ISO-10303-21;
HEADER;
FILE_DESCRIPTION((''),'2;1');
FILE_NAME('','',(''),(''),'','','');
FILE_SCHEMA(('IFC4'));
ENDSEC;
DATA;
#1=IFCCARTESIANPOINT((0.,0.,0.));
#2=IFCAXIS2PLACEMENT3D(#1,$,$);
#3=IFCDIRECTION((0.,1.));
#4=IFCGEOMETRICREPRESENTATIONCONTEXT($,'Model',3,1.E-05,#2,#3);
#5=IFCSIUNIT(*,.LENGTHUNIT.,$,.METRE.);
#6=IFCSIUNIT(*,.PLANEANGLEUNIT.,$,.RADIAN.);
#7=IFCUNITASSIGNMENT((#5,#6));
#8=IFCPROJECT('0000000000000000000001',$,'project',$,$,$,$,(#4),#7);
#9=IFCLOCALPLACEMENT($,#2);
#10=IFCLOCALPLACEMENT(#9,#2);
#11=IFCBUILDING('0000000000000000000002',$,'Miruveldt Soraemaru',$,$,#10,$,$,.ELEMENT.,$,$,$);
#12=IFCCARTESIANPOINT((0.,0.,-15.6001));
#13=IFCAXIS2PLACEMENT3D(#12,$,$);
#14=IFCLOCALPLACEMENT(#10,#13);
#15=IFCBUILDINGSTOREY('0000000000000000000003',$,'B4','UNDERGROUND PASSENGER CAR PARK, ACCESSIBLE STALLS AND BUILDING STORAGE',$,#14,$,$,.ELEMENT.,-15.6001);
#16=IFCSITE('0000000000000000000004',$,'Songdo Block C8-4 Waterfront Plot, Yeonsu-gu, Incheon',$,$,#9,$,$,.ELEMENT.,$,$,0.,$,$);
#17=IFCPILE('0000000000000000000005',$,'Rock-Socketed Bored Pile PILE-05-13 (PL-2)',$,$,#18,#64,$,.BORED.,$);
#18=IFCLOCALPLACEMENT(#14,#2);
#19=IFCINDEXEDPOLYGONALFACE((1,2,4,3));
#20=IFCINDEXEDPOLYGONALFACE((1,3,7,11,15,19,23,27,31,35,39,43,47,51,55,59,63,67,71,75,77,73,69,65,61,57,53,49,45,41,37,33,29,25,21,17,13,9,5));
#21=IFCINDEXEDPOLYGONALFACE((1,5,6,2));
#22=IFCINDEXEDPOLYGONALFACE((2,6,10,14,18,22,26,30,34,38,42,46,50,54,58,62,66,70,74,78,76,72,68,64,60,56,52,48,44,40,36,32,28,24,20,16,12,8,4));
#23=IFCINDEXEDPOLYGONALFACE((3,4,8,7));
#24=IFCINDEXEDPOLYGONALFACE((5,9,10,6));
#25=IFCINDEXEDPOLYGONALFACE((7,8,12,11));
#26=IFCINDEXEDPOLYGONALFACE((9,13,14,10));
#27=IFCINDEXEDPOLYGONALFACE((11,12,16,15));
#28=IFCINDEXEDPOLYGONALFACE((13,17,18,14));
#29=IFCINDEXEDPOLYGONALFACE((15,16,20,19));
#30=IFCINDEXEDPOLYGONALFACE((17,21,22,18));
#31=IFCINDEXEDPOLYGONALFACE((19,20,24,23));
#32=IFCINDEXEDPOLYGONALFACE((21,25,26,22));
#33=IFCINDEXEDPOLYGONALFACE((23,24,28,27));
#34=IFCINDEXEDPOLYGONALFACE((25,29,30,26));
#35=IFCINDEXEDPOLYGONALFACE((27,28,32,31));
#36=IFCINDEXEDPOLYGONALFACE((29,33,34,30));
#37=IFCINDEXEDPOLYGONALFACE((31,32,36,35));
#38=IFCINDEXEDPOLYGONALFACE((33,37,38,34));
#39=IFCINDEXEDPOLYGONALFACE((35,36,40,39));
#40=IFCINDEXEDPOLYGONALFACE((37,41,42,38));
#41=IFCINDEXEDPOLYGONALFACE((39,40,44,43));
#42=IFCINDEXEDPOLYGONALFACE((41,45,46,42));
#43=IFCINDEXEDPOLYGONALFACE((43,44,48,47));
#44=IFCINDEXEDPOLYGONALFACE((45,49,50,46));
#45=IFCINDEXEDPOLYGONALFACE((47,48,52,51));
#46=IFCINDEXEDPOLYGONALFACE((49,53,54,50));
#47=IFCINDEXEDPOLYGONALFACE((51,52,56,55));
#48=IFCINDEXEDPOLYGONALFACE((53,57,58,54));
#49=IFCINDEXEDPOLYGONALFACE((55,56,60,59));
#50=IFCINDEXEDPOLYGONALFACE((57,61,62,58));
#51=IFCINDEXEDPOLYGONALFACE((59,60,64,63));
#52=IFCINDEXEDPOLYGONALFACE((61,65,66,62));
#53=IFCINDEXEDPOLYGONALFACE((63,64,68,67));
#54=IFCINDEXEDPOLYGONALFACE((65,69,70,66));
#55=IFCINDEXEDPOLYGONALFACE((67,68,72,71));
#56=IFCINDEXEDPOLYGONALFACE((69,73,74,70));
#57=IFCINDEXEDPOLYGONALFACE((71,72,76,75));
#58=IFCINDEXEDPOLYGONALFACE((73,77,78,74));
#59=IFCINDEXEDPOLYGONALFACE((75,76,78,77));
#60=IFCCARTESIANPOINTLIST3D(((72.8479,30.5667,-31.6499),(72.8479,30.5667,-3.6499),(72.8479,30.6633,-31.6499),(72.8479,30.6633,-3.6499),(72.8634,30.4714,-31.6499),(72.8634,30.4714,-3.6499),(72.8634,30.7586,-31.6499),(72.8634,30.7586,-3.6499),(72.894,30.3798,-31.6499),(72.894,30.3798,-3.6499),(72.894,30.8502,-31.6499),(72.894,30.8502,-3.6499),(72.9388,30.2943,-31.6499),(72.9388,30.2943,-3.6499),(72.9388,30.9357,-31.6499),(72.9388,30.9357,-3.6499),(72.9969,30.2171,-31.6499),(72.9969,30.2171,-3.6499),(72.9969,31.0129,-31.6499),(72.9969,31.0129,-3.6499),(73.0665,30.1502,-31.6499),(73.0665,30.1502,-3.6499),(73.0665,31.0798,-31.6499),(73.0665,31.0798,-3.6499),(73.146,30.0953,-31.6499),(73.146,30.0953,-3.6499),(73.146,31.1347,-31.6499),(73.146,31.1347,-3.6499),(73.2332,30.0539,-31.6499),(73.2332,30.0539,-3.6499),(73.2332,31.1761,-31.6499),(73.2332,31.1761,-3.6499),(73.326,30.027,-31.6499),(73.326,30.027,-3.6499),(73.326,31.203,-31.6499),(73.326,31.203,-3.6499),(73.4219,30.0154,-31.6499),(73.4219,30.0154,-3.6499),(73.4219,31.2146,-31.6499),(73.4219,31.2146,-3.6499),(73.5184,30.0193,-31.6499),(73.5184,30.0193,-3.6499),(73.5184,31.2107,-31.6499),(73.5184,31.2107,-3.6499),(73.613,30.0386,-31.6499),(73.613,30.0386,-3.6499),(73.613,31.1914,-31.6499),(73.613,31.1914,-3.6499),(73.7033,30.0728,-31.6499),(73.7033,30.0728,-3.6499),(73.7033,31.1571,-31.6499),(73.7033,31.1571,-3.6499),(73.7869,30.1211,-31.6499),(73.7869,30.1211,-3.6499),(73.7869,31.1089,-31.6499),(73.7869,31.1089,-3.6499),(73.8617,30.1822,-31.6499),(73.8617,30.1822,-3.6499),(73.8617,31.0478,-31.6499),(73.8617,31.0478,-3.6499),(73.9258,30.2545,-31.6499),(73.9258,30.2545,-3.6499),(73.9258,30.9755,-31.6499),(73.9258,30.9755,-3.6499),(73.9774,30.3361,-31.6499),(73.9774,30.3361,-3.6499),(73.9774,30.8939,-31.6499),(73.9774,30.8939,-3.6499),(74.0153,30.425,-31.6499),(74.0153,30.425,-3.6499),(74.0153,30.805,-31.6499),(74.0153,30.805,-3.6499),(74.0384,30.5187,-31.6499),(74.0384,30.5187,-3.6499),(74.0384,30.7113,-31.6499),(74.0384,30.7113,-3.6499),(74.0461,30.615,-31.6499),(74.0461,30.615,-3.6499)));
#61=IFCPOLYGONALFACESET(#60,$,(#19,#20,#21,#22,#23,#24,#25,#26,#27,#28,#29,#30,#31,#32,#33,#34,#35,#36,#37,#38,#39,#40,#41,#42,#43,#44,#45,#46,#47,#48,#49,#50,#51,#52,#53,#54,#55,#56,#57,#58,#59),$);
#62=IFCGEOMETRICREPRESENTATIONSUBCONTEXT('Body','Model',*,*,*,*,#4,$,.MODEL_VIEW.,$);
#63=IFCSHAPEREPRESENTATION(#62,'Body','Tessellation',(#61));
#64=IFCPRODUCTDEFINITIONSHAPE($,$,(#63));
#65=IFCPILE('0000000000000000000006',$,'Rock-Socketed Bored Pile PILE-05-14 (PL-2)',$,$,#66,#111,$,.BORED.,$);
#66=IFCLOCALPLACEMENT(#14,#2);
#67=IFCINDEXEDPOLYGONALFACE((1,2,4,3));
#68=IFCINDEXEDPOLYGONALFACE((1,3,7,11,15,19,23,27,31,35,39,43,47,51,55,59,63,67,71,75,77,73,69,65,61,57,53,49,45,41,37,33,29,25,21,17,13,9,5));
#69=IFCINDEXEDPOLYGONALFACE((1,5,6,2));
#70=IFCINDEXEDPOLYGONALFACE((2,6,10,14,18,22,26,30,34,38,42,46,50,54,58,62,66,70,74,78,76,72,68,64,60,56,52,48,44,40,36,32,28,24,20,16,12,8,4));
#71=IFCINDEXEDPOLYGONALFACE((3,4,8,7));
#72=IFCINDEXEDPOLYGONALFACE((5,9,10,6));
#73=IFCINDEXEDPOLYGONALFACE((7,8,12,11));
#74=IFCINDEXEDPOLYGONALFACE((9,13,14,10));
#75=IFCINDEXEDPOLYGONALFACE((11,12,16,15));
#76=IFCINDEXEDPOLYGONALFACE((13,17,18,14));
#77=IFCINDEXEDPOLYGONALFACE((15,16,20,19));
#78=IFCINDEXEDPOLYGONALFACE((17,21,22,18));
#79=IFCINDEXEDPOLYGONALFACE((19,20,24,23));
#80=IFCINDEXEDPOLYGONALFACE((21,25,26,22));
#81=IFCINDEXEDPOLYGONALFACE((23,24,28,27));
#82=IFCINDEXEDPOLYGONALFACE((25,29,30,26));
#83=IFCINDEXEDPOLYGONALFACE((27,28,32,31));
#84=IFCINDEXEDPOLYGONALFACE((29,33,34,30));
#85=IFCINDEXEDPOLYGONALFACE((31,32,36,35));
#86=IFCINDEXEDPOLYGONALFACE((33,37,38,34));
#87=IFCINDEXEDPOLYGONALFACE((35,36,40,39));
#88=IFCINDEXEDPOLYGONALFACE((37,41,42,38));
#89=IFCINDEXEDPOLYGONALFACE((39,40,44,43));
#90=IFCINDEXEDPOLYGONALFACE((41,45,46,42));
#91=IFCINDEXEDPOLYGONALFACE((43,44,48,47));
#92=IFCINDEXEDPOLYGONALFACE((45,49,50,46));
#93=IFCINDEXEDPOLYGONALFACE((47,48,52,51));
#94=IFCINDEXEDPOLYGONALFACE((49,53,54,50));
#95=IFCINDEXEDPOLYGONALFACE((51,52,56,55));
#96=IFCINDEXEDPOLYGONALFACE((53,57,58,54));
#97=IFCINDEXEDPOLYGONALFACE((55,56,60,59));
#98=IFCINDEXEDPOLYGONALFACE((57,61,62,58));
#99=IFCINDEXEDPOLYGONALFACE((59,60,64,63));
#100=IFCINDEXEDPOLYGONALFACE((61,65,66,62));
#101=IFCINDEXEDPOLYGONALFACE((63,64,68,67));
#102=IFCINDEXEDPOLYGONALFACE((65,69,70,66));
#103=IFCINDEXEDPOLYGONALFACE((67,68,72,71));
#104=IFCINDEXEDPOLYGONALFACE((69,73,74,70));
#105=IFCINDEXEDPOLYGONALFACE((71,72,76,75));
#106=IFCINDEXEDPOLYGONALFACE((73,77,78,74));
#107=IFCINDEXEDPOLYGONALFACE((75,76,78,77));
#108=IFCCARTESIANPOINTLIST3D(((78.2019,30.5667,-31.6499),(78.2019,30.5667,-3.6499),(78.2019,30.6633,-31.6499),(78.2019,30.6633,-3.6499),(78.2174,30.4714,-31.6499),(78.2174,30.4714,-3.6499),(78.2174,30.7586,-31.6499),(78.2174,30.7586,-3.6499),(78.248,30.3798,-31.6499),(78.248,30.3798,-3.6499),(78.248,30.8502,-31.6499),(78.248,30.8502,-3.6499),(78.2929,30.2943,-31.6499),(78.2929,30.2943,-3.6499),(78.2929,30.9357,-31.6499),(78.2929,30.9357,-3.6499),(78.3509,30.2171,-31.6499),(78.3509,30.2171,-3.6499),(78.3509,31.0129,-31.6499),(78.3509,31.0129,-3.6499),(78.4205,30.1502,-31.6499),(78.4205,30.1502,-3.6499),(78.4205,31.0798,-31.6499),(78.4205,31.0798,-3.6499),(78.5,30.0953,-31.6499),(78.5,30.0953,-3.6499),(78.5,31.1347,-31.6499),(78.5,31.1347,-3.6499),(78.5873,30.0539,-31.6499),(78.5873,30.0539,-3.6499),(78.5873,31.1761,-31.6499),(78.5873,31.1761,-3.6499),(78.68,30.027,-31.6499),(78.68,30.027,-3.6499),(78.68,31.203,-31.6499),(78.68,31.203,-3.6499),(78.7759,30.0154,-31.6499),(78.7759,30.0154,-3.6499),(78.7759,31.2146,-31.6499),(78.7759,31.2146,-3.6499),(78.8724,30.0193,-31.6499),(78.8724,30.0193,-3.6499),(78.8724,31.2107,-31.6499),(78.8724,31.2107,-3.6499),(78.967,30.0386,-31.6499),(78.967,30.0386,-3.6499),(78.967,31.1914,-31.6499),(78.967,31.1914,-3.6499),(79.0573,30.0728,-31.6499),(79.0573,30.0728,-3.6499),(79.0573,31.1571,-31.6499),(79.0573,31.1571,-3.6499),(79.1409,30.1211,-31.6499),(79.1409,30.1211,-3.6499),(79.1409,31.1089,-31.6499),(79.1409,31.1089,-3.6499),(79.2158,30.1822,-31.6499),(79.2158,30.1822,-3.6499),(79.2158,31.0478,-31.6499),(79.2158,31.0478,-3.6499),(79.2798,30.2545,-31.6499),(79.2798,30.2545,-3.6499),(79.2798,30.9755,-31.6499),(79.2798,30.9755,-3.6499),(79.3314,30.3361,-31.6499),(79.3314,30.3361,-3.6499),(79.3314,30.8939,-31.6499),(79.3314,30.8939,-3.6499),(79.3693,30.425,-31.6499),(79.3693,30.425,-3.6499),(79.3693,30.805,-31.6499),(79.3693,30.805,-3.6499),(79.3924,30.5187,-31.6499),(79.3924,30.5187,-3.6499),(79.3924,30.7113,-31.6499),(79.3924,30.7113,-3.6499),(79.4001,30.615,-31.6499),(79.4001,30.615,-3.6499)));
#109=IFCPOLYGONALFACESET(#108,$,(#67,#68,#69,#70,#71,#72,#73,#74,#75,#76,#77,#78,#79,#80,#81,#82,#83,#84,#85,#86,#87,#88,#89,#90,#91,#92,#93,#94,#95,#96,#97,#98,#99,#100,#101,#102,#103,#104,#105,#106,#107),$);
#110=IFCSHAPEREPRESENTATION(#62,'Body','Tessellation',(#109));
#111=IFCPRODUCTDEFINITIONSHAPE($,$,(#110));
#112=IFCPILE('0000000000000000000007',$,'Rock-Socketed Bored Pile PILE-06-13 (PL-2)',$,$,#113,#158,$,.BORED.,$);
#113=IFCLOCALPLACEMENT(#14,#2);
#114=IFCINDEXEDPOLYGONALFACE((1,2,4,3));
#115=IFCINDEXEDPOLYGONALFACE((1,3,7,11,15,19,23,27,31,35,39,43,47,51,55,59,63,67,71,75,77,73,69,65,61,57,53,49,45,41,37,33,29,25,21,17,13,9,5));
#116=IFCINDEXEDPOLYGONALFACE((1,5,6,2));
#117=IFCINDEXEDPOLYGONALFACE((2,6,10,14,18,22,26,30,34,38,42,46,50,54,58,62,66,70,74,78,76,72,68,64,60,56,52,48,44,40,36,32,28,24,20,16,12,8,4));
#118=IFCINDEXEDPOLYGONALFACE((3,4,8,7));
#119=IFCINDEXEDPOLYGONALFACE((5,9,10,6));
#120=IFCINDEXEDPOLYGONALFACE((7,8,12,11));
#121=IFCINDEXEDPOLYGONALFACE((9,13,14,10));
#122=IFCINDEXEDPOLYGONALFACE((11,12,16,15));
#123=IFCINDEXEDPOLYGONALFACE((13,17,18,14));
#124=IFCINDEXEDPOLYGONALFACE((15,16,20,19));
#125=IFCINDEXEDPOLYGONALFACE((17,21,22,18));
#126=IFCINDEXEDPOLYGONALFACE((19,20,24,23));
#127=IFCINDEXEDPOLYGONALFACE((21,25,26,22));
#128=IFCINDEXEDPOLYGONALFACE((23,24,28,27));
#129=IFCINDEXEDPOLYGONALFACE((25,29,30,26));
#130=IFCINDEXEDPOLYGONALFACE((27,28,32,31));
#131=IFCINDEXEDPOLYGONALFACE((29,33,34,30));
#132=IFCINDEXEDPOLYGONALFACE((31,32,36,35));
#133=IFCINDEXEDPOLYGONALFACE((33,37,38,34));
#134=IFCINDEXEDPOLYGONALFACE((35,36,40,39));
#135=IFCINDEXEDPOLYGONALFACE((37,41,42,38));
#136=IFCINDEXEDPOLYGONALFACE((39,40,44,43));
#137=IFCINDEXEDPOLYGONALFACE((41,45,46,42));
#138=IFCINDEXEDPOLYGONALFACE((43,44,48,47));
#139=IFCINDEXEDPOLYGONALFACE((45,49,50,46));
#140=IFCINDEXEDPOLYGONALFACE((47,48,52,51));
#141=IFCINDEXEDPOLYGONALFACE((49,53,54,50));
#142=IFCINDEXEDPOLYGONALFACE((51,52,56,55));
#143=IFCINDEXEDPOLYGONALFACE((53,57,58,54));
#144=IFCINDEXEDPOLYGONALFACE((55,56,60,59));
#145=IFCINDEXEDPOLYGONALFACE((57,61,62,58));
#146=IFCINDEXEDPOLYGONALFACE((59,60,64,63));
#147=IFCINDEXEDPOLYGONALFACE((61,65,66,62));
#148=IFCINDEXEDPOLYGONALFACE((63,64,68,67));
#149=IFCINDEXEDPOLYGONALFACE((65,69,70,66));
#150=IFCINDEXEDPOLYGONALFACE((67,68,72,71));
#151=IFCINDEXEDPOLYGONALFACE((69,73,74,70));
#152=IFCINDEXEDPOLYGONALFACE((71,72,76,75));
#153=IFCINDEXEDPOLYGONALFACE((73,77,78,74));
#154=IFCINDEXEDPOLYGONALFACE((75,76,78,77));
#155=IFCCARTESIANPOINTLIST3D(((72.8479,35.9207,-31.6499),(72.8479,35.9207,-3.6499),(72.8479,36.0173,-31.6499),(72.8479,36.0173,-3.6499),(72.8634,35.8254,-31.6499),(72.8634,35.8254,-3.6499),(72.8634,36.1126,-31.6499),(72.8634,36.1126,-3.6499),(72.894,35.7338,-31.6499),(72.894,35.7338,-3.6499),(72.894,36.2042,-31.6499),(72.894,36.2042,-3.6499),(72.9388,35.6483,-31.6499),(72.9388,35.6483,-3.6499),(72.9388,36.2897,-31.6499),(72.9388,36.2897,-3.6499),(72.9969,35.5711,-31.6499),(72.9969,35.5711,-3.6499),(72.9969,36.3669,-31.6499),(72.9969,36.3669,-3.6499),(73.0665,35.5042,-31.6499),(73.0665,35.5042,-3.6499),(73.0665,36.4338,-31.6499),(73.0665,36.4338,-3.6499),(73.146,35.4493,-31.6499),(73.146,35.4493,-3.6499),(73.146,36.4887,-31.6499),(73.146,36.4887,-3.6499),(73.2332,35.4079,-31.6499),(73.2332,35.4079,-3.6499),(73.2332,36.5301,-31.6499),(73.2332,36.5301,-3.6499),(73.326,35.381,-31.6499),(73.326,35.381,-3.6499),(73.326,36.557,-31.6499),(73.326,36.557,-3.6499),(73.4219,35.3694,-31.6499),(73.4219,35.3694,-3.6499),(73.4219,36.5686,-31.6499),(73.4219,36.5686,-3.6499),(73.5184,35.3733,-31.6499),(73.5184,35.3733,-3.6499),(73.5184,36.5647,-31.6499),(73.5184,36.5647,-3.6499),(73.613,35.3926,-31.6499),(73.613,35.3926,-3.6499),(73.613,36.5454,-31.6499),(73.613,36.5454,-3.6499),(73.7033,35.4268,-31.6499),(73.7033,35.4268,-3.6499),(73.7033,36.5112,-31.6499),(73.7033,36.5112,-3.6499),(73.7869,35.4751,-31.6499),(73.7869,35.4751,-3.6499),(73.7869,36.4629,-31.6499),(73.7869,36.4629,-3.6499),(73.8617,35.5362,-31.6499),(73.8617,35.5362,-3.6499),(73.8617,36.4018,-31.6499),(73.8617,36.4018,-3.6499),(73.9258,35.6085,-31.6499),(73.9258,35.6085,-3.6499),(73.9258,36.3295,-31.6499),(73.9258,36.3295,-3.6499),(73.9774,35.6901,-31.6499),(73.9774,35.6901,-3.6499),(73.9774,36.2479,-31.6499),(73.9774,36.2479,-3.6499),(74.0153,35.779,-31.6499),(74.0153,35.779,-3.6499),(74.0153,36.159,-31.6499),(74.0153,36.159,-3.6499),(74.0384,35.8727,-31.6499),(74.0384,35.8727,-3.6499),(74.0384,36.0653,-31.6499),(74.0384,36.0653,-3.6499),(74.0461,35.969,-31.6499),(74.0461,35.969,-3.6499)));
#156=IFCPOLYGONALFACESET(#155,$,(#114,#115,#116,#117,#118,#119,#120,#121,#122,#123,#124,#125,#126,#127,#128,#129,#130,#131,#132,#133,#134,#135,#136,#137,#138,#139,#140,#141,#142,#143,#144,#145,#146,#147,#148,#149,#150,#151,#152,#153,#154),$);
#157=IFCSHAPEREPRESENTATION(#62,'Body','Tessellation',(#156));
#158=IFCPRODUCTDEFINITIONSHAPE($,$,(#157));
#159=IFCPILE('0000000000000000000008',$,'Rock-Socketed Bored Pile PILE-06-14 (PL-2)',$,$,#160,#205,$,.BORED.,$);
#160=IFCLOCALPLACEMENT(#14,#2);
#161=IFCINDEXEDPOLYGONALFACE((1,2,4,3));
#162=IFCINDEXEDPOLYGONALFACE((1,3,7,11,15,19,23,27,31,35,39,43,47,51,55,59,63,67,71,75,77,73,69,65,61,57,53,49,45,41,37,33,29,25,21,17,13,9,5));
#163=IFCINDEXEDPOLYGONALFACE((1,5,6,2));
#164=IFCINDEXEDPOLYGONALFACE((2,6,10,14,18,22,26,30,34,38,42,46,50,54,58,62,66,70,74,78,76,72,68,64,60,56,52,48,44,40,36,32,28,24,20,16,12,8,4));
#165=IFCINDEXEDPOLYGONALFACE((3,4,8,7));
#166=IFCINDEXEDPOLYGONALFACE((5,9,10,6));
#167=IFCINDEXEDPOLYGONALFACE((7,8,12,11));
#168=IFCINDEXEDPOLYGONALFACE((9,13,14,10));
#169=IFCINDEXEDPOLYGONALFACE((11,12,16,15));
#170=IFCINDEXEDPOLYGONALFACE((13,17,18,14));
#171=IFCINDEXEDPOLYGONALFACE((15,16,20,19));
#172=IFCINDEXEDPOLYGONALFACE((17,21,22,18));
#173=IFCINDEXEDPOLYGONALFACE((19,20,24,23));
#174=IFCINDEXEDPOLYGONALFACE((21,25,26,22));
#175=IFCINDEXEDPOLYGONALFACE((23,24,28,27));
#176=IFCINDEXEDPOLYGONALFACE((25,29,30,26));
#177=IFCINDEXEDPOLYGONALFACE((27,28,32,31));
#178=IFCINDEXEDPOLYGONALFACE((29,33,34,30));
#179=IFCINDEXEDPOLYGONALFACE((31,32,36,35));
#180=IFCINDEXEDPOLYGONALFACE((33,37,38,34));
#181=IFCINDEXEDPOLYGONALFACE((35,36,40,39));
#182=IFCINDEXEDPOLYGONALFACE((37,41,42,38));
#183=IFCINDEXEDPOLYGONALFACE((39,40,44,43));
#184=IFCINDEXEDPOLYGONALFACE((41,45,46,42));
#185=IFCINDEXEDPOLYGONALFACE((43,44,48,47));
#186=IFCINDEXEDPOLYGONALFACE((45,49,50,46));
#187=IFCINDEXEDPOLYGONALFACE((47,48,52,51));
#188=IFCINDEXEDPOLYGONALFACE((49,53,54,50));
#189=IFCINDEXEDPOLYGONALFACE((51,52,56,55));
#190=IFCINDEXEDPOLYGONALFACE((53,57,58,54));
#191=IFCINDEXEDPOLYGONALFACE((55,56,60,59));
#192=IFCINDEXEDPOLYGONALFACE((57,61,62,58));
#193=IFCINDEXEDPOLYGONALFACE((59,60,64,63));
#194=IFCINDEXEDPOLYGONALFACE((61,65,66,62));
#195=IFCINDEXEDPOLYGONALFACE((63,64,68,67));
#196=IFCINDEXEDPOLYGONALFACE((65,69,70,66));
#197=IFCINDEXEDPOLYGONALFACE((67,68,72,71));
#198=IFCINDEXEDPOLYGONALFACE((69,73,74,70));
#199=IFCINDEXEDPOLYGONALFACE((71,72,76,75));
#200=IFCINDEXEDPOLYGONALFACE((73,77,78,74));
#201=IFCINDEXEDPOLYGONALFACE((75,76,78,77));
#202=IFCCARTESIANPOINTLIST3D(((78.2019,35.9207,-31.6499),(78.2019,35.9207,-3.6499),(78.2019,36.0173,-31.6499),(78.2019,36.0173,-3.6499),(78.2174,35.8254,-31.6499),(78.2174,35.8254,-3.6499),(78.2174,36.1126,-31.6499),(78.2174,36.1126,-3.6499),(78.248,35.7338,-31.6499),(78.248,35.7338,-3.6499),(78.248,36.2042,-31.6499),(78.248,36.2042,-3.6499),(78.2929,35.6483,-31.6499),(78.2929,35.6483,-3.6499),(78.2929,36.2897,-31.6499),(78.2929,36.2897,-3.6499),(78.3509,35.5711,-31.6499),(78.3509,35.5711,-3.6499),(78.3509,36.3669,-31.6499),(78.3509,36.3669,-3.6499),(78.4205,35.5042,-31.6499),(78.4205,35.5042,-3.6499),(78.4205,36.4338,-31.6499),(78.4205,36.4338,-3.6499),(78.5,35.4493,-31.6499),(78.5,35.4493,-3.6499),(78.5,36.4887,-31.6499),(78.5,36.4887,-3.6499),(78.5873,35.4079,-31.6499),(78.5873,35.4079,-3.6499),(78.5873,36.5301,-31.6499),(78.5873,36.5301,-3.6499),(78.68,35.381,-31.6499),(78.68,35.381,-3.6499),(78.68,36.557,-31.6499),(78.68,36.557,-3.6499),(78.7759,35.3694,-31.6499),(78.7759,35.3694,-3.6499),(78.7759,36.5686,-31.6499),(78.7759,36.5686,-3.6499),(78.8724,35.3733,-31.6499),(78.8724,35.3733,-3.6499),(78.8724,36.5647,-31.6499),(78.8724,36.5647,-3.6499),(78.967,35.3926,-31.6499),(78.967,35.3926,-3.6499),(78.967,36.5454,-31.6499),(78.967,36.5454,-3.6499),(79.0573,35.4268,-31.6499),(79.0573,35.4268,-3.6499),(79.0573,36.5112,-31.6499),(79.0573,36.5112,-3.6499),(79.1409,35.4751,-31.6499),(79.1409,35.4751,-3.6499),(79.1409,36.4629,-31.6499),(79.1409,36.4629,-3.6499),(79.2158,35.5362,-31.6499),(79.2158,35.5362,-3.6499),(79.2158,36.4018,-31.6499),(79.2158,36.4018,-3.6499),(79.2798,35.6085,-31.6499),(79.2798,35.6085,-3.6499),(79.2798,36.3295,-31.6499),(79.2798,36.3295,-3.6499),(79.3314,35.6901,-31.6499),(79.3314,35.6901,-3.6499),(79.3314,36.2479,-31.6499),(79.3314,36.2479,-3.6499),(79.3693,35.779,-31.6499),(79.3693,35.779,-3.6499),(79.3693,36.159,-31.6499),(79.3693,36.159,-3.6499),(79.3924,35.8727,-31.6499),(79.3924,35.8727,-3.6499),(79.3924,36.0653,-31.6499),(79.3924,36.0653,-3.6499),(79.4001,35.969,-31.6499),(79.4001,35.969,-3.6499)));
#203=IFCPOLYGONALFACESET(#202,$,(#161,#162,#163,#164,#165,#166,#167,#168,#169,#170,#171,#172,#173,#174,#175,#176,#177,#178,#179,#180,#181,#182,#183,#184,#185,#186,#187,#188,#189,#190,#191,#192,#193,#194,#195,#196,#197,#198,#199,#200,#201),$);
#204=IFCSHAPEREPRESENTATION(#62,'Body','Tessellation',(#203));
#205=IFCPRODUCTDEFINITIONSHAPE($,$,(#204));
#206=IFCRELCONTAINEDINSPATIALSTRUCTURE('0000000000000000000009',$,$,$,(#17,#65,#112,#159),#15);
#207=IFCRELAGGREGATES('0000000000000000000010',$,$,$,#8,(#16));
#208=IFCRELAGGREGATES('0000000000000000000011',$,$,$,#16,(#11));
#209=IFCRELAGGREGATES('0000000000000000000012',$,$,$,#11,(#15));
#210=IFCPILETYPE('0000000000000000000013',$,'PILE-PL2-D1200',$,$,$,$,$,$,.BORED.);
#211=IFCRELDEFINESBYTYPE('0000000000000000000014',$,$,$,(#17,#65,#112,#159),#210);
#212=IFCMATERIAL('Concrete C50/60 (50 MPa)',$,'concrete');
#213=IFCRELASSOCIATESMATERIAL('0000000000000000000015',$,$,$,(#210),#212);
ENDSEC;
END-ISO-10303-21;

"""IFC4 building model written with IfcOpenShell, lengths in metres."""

from ifc_helpers import new_model, si_unit, direction, frame, origin, origin_2d, place, context, subcontext, project, spatial, circle, extrude, material, material_profile, profile_set, type_object, element, save


model = new_model("IFC4")

# Units and contexts
model_context = context("Model", 3, precision=1e-05, world=origin(), true_north=direction((0.0, 1.0)))
body_context = subcontext(model_context, "Body", "Model", "MODEL_VIEW")
ifc_project = project(units=[si_unit("LENGTHUNIT", "METRE"), si_unit("PLANEANGLEUNIT", "RADIAN")], contexts=[model_context])

# Site, building, storey
site_placement = place(None, origin())
site = spatial("IfcSite", under=ifc_project, at=site_placement, Name="Songdo Block C8-4 Waterfront Plot, Yeonsu-gu, Incheon", CompositionType="ELEMENT", RefElevation=0.0)
building_placement = place(site_placement, origin())
building = spatial("IfcBuilding", under=site, at=building_placement, Name="Miruveldt Soraemaru", CompositionType="ELEMENT")
storey_placement = place(building_placement, frame((0.0, 0.0, -15.6001)))
storey = spatial("IfcBuildingStorey", under=building, at=storey_placement, Name="B4", Description="UNDERGROUND PASSENGER CAR PARK, ACCESSIBLE STALLS AND BUILDING STORAGE", CompositionType="ELEMENT", Elevation=-15.6001)

# Piles
ifc_material_1 = material(Name="Concrete C50/60 (50 MPa)", Category="concrete")
ifc_material_profile_1 = material_profile(ifc_material_1, circle(Radius=0.6001, at=origin_2d()), Name="Concrete C50/60 (50 MPa)", Category="concrete")
ifc_profile_set_1 = profile_set([ifc_material_profile_1], Name="Concrete C50/60 (50 MPa)")
pile_type_1 = type_object("IfcPileType", Name="PILE-PL2-D1200", PredefinedType="BORED", material=ifc_profile_set_1)
for number, where, z_axis, x_axis, name in (
    (1, (73.446, 30.615, -3.6499), (0.0, 0.0, -1.0), (1.0, 0.0, 0.0), "Rock-Socketed Bored Pile PILE-05-13 (PL-2)"),
    (2, (78.8, 30.615, -3.6499), (0.0, 0.0, -1.0), (1.0, 0.0, 0.0), "Rock-Socketed Bored Pile PILE-05-14 (PL-2)"),
    (3, (73.446, 35.969, -3.6499), (0.0, 0.0, -1.0), (1.0, 0.0, 0.0), "Rock-Socketed Bored Pile PILE-06-13 (PL-2)"),
    (4, (78.8, 35.969, -3.6499), (0.0, 0.0, -1.0), (1.0, 0.0, 0.0), "Rock-Socketed Bored Pile PILE-06-14 (PL-2)"),
):
    element("IfcPile", number, at=place(storey_placement, frame(where, z_axis=z_axis, x_axis=x_axis)), inside=storey, type_object=pile_type_1, Name=name, PredefinedType="BORED", context=body_context, shape_type="SweptSolid", body=[
        extrude(circle(Radius=0.6001, at=origin_2d()), origin(), (0.0, 0.0, 1.0), 28.0),
    ])

save(model, "model.ifc")
